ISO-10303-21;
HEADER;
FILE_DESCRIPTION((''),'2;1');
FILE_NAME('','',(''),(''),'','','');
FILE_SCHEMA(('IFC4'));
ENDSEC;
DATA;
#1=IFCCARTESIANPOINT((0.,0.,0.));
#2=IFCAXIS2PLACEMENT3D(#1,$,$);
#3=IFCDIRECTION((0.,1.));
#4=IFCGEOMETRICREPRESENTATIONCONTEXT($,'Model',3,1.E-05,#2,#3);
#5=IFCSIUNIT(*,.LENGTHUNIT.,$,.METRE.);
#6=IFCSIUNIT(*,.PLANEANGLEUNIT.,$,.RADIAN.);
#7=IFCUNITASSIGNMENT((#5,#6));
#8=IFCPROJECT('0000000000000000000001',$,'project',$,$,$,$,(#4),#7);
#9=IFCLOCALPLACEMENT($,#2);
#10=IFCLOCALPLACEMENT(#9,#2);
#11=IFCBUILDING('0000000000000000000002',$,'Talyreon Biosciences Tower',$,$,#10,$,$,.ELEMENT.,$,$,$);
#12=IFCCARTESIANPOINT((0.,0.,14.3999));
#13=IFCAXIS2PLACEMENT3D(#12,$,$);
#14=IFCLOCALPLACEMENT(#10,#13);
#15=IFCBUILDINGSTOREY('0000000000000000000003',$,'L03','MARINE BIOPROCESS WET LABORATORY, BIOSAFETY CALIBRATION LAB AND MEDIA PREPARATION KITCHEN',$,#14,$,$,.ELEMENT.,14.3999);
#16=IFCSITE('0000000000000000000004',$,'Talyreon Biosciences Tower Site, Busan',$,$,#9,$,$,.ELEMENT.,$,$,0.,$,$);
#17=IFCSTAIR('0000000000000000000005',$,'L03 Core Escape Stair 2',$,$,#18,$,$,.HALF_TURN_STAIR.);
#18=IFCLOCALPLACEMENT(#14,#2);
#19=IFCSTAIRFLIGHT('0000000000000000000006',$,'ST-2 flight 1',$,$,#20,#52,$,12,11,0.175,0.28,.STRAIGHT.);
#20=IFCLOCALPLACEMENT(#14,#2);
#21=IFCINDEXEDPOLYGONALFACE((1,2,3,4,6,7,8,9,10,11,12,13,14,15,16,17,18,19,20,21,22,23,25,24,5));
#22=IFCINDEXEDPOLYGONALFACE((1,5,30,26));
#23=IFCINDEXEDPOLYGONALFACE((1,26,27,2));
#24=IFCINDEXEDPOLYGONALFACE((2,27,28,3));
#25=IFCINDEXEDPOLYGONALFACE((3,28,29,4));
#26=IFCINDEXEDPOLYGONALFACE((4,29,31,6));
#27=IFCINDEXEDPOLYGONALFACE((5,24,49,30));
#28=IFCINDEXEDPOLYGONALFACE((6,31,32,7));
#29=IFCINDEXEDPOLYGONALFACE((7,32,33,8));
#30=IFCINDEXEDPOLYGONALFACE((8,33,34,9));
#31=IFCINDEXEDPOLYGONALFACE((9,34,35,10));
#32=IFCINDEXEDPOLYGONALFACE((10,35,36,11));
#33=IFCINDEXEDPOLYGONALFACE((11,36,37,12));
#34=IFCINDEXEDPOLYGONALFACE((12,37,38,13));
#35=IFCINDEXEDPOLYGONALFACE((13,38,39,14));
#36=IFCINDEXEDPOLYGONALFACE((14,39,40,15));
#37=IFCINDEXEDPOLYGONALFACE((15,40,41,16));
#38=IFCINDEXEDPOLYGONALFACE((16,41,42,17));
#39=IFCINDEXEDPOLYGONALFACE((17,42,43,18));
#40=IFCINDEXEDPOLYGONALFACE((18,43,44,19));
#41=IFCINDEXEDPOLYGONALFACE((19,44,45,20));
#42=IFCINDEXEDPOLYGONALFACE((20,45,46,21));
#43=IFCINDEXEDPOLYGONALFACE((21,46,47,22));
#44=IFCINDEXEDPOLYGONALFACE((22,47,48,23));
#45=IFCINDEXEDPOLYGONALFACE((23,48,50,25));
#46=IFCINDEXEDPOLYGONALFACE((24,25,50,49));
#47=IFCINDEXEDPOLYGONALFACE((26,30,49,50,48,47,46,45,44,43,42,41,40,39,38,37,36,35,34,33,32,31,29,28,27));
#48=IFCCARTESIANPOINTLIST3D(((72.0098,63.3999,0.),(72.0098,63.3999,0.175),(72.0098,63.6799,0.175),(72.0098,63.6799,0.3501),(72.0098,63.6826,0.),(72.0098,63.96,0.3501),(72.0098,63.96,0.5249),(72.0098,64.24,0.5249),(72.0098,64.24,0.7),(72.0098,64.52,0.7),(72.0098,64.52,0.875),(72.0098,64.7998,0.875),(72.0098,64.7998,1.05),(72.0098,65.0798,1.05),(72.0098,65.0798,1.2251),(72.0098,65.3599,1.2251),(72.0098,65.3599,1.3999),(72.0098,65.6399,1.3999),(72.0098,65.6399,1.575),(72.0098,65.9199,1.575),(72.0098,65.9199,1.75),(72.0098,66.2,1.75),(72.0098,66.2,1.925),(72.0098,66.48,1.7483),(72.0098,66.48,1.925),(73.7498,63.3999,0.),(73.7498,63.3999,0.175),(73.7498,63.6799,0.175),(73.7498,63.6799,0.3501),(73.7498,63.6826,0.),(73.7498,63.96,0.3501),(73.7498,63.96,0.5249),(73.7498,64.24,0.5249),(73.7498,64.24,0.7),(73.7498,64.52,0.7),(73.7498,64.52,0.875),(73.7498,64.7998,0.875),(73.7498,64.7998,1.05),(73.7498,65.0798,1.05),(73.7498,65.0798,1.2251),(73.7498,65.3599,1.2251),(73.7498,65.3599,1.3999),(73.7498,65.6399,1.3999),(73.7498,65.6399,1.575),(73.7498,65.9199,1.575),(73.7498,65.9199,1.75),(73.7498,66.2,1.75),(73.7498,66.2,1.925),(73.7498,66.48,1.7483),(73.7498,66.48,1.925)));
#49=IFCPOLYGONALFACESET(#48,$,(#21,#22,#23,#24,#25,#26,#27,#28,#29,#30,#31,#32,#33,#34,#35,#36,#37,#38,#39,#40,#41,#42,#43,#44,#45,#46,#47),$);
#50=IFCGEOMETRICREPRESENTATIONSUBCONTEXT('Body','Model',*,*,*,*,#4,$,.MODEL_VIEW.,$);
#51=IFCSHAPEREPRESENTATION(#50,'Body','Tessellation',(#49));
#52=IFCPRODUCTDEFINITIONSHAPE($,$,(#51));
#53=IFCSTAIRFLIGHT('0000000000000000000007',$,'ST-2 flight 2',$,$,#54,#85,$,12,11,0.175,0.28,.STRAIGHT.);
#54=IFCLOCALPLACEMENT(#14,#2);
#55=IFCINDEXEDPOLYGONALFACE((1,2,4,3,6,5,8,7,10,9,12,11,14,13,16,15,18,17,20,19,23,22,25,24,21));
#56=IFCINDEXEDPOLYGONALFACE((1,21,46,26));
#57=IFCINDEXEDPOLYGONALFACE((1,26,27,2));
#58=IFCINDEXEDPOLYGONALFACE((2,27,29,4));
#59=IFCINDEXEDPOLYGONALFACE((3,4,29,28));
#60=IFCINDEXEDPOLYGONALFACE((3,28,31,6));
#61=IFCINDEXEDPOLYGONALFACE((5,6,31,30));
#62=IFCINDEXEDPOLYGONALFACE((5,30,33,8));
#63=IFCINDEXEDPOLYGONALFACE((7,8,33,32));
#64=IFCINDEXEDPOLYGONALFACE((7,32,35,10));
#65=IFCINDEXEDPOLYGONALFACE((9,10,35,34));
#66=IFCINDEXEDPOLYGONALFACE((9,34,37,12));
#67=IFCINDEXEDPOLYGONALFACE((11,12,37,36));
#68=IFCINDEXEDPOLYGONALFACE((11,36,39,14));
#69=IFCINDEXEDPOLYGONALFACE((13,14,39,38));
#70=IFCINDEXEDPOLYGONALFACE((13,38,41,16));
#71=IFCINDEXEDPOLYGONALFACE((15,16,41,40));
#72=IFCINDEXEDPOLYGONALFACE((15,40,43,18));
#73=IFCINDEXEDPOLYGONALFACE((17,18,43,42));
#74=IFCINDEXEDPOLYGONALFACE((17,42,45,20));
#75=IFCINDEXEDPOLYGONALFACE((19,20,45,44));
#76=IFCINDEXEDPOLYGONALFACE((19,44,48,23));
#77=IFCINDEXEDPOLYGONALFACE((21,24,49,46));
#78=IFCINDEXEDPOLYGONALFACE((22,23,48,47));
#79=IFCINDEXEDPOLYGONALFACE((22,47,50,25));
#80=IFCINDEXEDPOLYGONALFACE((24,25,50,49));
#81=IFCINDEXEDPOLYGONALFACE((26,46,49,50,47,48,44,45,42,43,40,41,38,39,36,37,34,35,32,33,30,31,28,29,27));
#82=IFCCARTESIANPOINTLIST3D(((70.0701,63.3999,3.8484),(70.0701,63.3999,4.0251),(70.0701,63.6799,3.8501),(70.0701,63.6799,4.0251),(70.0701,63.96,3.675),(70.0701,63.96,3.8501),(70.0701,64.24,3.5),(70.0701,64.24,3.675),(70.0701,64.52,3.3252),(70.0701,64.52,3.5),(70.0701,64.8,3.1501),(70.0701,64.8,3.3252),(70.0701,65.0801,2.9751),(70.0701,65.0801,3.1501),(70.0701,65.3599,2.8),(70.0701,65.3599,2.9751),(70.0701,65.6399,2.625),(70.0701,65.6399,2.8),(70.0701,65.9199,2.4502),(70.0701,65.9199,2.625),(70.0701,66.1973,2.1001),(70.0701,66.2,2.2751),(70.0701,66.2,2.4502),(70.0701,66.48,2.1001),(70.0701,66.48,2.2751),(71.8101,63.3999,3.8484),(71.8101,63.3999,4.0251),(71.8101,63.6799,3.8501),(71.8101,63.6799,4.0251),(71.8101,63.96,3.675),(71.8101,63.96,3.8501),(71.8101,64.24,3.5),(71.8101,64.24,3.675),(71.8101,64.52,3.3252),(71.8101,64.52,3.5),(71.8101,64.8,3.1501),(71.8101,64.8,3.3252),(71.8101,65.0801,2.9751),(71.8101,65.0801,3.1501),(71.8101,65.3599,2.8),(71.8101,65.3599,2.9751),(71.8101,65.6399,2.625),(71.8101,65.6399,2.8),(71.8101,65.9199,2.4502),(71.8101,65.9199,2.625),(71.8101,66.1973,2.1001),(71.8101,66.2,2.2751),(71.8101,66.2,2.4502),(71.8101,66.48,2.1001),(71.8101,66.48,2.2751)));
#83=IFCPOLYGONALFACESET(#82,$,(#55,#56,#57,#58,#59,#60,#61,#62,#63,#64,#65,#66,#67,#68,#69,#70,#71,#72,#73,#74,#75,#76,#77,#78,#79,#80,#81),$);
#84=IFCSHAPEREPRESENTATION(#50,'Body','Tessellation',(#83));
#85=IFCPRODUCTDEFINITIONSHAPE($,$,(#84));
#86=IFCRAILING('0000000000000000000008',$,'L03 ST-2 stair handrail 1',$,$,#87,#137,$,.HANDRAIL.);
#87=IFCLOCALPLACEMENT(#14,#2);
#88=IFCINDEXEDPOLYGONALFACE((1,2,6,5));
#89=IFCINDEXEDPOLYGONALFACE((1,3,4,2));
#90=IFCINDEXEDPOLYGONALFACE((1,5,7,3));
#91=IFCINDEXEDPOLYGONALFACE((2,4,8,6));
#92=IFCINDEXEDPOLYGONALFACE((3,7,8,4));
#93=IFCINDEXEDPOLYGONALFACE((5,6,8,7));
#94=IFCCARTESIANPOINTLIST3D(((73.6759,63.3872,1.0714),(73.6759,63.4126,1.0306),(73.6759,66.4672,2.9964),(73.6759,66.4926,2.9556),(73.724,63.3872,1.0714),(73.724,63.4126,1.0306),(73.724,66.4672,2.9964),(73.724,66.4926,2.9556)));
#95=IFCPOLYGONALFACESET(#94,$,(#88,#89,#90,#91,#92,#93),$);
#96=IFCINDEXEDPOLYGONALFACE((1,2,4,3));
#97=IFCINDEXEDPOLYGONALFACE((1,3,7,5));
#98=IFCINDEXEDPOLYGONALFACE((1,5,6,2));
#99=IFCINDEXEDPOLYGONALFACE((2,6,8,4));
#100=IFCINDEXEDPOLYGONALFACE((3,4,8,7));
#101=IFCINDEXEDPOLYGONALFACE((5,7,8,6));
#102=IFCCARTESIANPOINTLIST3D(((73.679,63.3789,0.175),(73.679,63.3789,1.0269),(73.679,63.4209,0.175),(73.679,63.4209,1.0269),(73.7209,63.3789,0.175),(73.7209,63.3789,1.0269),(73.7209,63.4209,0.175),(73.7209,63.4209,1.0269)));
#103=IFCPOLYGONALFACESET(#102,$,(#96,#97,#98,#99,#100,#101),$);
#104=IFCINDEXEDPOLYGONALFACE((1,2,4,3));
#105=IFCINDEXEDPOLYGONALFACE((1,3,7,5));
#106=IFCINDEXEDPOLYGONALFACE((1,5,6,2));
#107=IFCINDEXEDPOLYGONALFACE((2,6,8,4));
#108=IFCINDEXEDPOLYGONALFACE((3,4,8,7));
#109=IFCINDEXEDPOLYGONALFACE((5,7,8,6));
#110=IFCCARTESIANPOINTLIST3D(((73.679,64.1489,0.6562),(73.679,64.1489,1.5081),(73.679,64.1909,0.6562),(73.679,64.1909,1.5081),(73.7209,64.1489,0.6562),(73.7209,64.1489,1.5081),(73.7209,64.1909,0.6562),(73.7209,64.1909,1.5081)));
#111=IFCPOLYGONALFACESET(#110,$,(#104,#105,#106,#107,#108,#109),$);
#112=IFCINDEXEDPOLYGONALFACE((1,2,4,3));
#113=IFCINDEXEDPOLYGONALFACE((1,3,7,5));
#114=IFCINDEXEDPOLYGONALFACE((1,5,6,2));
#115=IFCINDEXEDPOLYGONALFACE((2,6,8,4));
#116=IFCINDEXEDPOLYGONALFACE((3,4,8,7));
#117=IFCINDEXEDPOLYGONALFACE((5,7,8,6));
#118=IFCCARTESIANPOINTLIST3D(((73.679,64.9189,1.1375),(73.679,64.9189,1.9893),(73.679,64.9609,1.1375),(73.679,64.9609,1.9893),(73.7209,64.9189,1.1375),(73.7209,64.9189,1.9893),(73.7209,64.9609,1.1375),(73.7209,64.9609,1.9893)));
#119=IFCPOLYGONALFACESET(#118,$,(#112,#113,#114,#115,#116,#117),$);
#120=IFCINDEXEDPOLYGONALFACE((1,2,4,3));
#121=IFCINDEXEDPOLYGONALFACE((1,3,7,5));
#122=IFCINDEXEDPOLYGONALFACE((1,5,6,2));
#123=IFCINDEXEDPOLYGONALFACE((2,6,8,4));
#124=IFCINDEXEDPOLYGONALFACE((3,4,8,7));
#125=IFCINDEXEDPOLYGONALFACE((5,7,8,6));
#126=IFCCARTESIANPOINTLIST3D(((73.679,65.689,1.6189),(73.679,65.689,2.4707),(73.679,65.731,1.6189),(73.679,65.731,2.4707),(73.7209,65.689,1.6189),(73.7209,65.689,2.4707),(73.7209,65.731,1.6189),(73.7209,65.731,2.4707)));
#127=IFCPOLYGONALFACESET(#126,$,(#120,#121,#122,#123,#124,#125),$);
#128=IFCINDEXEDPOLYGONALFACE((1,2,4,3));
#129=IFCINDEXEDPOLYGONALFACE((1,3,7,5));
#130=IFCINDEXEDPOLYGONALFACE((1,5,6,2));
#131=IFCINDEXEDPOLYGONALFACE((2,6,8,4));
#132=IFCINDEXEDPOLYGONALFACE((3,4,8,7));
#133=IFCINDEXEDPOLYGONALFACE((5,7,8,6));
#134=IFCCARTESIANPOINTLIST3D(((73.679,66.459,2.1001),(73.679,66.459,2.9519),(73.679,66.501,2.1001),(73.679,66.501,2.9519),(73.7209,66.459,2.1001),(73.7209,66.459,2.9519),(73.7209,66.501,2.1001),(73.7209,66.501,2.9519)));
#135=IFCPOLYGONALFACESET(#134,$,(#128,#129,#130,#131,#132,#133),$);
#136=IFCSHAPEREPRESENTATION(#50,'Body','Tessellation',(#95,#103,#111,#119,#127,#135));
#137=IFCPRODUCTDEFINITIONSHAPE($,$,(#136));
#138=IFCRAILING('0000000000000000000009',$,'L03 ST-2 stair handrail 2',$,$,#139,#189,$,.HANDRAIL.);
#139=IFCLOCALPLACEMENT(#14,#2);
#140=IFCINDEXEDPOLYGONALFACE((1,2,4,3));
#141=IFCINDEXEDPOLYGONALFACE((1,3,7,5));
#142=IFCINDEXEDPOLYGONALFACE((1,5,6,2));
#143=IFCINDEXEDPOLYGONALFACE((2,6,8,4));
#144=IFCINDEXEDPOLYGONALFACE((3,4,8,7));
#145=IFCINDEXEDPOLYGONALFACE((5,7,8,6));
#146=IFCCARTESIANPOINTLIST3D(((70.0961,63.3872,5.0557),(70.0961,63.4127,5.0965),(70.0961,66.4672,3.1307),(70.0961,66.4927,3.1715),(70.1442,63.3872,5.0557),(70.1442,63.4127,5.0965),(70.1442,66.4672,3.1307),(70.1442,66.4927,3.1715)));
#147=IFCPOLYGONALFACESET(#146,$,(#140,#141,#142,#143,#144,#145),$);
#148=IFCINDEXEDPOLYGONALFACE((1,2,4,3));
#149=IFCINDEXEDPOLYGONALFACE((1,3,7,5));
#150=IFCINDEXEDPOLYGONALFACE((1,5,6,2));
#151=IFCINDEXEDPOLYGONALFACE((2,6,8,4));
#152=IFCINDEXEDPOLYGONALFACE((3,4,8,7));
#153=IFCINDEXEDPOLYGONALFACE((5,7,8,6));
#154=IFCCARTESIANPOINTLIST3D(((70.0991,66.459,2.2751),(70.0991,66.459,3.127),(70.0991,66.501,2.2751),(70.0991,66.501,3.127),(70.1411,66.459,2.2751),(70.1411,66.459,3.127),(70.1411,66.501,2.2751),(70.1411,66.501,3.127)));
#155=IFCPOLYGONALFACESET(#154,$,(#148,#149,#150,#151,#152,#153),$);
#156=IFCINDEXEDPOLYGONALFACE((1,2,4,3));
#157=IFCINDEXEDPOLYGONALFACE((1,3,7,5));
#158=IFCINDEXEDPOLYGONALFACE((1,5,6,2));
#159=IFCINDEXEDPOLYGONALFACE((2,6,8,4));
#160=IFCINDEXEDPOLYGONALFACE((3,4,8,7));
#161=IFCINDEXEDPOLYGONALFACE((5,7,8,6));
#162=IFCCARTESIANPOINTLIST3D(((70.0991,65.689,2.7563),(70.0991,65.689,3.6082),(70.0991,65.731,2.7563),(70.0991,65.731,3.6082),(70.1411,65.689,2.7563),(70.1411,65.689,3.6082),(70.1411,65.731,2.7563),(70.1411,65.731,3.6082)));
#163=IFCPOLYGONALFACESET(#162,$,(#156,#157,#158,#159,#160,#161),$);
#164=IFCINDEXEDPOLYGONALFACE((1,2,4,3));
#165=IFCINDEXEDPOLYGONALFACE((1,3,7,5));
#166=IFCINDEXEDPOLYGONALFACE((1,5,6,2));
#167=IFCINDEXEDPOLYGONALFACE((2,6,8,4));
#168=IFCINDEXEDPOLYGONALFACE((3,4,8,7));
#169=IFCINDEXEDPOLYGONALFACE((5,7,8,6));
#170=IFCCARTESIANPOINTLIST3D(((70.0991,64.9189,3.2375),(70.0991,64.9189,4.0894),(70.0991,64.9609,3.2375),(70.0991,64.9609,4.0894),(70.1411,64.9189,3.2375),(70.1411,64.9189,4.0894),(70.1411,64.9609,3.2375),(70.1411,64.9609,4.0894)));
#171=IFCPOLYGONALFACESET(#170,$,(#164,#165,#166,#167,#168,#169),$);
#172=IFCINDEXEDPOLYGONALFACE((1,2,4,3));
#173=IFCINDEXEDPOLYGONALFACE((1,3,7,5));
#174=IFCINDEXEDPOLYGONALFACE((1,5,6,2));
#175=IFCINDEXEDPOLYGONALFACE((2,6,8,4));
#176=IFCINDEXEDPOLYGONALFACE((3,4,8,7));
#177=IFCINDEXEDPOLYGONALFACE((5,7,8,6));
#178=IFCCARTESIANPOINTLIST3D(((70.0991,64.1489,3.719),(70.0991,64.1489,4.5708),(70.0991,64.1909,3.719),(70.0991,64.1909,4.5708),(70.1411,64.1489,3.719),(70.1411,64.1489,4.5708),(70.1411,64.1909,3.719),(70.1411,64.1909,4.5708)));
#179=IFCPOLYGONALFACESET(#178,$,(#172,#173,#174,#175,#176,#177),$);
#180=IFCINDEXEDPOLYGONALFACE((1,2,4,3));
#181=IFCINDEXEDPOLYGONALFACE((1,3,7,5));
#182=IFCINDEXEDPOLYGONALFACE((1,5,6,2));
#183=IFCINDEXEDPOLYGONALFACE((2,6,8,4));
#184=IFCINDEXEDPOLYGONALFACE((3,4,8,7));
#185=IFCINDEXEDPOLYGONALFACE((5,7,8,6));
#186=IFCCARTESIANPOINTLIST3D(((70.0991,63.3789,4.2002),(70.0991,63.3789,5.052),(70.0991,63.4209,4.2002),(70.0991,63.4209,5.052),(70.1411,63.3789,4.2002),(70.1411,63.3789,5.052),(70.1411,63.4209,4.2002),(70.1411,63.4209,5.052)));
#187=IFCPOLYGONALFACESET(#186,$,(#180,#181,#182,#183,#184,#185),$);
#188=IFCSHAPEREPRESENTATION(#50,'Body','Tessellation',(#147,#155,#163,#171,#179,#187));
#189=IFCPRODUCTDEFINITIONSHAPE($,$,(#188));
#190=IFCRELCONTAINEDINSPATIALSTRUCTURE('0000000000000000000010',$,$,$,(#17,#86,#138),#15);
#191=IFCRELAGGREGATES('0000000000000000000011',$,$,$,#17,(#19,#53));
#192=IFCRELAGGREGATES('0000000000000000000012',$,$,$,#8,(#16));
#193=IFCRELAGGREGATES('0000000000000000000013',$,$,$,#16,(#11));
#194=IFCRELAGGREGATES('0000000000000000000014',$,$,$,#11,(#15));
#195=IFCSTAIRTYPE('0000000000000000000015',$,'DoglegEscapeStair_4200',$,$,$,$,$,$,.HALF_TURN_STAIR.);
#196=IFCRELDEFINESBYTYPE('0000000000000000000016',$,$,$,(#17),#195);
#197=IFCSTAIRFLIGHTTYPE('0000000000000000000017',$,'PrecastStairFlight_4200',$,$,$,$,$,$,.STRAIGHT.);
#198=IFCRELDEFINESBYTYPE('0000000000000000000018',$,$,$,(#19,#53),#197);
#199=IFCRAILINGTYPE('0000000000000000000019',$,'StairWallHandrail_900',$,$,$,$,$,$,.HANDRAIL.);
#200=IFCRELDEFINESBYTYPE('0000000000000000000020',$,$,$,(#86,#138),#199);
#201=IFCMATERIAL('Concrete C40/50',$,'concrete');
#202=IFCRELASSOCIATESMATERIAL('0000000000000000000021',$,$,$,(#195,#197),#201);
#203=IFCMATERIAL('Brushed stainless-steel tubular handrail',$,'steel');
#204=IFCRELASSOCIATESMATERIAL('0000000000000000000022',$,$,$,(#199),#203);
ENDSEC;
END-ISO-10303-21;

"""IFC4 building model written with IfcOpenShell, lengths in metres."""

from ifc_helpers import new_model, si_unit, direction, frame, origin, origin_2d, place, context, subcontext, project, spatial, polyline, rectangle, outline, extrude, material, type_object, element, aggregate, save


model = new_model("IFC4")

# Units and contexts
model_context = context("Model", 3, precision=1e-05, world=origin(), true_north=direction((0.0, 1.0)))
body_context = subcontext(model_context, "Body", "Model", "MODEL_VIEW")
ifc_project = project(units=[si_unit("LENGTHUNIT", "METRE"), si_unit("PLANEANGLEUNIT", "RADIAN")], contexts=[model_context])

# Site, building, storey
site_placement = place(None, origin())
site = spatial("IfcSite", under=ifc_project, at=site_placement, Name="Talyreon Biosciences Tower Site, Busan", CompositionType="ELEMENT", RefElevation=0.0)
building_placement = place(site_placement, origin())
building = spatial("IfcBuilding", under=site, at=building_placement, Name="Talyreon Biosciences Tower", CompositionType="ELEMENT")
storey_placement = place(building_placement, frame((0.0, 0.0, 14.3999)))
storey = spatial("IfcBuildingStorey", under=building, at=storey_placement, Name="L03", Description="MARINE BIOPROCESS WET LABORATORY, BIOSAFETY CALIBRATION LAB AND MEDIA PREPARATION KITCHEN", CompositionType="ELEMENT", Elevation=14.3999)

# Stair, stair flights
ifc_material_1 = material(Name="Concrete C40/50", Category="concrete")
stair_type = type_object("IfcStairType", Name="DoglegEscapeStair_4200", PredefinedType="HALF_TURN_STAIR", material=ifc_material_1)
stair_placement = place(storey_placement, origin())
stair = element("IfcStair", 1, at=stair_placement, inside=storey, type_object=stair_type, Name="L03 Core Escape Stair 2", PredefinedType="HALF_TURN_STAIR")
stair_flight_type = type_object("IfcStairFlightType", Name="PrecastStairFlight_4200", PredefinedType="STRAIGHT", material=ifc_material_1)
stair_flight_1_placement = place(storey_placement, frame((72.8799, 63.3999, 0.0), z_axis=(0.0, 0.0, 1.0), x_axis=(0.0, 1.0, 0.0)))
stair_flight_1 = element("IfcStairFlight", 2, at=stair_flight_1_placement, type_object=stair_flight_type, Name="ST-2 flight 1", NumberOfRisers=12, NumberOfTreads=11, PredefinedType="STRAIGHT", RiserHeight=0.175, TreadLength=0.28, context=body_context, shape_type="SweptSolid", body=[
    extrude(outline(polyline([(0.0, 0.0), (0.0, 0.175), (0.28, 0.175), (0.28, 0.3501), (0.5601, 0.3501), (0.5601, 0.5249), (0.8401, 0.5249), (0.8401, 0.7), (1.1201, 0.7), (1.1201, 0.875), (1.3999, 0.875), (1.3999, 1.05), (1.6799, 1.05), (1.6799, 1.2251), (1.96, 1.2251), (1.96, 1.3999), (2.24, 1.3999), (2.24, 1.575), (2.52, 1.575), (2.52, 1.75), (2.8, 1.75), (2.8, 1.925), (3.0801, 1.925), (3.0801, 2.1001), (3.0801, 1.7483), (0.2827, 0.0), (0.0, 0.0)])), frame((0.0, 0.8701, 0.0), z_axis=(0.0, -1.0, 0.0), x_axis=(1.0, 0.0, 0.0)), (0.0, 0.0, 1.0), 1.74),
])
stair_flight_2_placement = place(storey_placement, frame((70.9399, 66.48, 2.1001), z_axis=(0.0, 0.0, 1.0), x_axis=(0.0, -1.0, 0.0)))
stair_flight_2 = element("IfcStairFlight", 3, at=stair_flight_2_placement, type_object=stair_flight_type, Name="ST-2 flight 2", NumberOfRisers=12, NumberOfTreads=11, PredefinedType="STRAIGHT", RiserHeight=0.175, TreadLength=0.28, context=body_context, shape_type="SweptSolid", body=[
    extrude(outline(polyline([(0.0, 0.0), (0.0, 0.175), (0.28, 0.175), (0.28, 0.3501), (0.5601, 0.3501), (0.5601, 0.5249), (0.8401, 0.5249), (0.8401, 0.7), (1.1201, 0.7), (1.1201, 0.875), (1.3999, 0.875), (1.3999, 1.05), (1.6799, 1.05), (1.6799, 1.2251), (1.96, 1.2251), (1.96, 1.3999), (2.24, 1.3999), (2.24, 1.575), (2.52, 1.575), (2.52, 1.75), (2.8, 1.75), (2.8, 1.925), (3.0801, 1.925), (3.0801, 2.1001), (3.0801, 1.7483), (0.2827, 0.0), (0.0, 0.0)])), frame((0.0, 0.8701, 0.0), z_axis=(0.0, -1.0, 0.0), x_axis=(1.0, 0.0, 0.0)), (0.0, 0.0, 1.0), 1.74),
])
aggregate(stair, [stair_flight_1, stair_flight_2])

# Railings
ifc_material_2 = material(Name="Brushed stainless-steel tubular handrail", Category="steel")
railing_type_1 = type_object("IfcRailingType", Name="StairWallHandrail_900", PredefinedType="HANDRAIL", material=ifc_material_2)
railing_1_placement = place(storey_placement, frame((73.7, 63.3999, 0.175)))
element("IfcRailing", 4, at=railing_1_placement, inside=storey, type_object=railing_type_1, Name="L03 ST-2 stair handrail 1", PredefinedType="HANDRAIL", context=body_context, shape_type="SweptSolid", body=[
    extrude(rectangle(XDim=0.0481, YDim=0.0481, at=origin_2d()), frame((0.0, 0.0, 0.876), z_axis=(0.0, 0.847998, 0.529999), x_axis=(-1.0, 0.0, 0.0)), (0.0, 0.0, 1.0), 3.6321),
    extrude(rectangle(XDim=0.042, YDim=0.042, at=origin_2d()), origin(), (0.0, 0.0, 1.0), 0.8518),
    extrude(rectangle(XDim=0.042, YDim=0.042, at=origin_2d()), frame((0.0, 0.77, 0.4812)), (0.0, 0.0, 1.0), 0.8518),
    extrude(rectangle(XDim=0.042, YDim=0.042, at=origin_2d()), frame((0.0, 1.54, 0.9624)), (0.0, 0.0, 1.0), 0.8518),
    extrude(rectangle(XDim=0.042, YDim=0.042, at=origin_2d()), frame((0.0, 2.3101, 1.4438)), (0.0, 0.0, 1.0), 0.8518),
    extrude(rectangle(XDim=0.042, YDim=0.042, at=origin_2d()), frame((0.0, 3.0801, 1.925)), (0.0, 0.0, 1.0), 0.8518),
])
railing_2_placement = place(storey_placement, frame((70.1201, 66.48, 2.2751)))
element("IfcRailing", 5, at=railing_2_placement, inside=storey, type_object=railing_type_1, Name="L03 ST-2 stair handrail 2", PredefinedType="HANDRAIL", context=body_context, shape_type="SweptSolid", body=[
    extrude(rectangle(XDim=0.0481, YDim=0.0481, at=origin_2d()), frame((0.0, 0.0, 0.876), z_axis=(0.0, -0.847998, 0.529999), x_axis=(1.0, 0.0, 0.0)), (0.0, 0.0, 1.0), 3.6321),
    extrude(rectangle(XDim=0.042, YDim=0.042, at=origin_2d()), origin(), (0.0, 0.0, 1.0), 0.8518),
    extrude(rectangle(XDim=0.042, YDim=0.042, at=origin_2d()), frame((0.0, -0.77, 0.4812)), (0.0, 0.0, 1.0), 0.8518),
    extrude(rectangle(XDim=0.042, YDim=0.042, at=origin_2d()), frame((0.0, -1.54, 0.9624)), (0.0, 0.0, 1.0), 0.8518),
    extrude(rectangle(XDim=0.042, YDim=0.042, at=origin_2d()), frame((0.0, -2.3101, 1.4438)), (0.0, 0.0, 1.0), 0.8518),
    extrude(rectangle(XDim=0.042, YDim=0.042, at=origin_2d()), frame((0.0, -3.0801, 1.925)), (0.0, 0.0, 1.0), 0.8518),
])

save(model, "model.ifc")
